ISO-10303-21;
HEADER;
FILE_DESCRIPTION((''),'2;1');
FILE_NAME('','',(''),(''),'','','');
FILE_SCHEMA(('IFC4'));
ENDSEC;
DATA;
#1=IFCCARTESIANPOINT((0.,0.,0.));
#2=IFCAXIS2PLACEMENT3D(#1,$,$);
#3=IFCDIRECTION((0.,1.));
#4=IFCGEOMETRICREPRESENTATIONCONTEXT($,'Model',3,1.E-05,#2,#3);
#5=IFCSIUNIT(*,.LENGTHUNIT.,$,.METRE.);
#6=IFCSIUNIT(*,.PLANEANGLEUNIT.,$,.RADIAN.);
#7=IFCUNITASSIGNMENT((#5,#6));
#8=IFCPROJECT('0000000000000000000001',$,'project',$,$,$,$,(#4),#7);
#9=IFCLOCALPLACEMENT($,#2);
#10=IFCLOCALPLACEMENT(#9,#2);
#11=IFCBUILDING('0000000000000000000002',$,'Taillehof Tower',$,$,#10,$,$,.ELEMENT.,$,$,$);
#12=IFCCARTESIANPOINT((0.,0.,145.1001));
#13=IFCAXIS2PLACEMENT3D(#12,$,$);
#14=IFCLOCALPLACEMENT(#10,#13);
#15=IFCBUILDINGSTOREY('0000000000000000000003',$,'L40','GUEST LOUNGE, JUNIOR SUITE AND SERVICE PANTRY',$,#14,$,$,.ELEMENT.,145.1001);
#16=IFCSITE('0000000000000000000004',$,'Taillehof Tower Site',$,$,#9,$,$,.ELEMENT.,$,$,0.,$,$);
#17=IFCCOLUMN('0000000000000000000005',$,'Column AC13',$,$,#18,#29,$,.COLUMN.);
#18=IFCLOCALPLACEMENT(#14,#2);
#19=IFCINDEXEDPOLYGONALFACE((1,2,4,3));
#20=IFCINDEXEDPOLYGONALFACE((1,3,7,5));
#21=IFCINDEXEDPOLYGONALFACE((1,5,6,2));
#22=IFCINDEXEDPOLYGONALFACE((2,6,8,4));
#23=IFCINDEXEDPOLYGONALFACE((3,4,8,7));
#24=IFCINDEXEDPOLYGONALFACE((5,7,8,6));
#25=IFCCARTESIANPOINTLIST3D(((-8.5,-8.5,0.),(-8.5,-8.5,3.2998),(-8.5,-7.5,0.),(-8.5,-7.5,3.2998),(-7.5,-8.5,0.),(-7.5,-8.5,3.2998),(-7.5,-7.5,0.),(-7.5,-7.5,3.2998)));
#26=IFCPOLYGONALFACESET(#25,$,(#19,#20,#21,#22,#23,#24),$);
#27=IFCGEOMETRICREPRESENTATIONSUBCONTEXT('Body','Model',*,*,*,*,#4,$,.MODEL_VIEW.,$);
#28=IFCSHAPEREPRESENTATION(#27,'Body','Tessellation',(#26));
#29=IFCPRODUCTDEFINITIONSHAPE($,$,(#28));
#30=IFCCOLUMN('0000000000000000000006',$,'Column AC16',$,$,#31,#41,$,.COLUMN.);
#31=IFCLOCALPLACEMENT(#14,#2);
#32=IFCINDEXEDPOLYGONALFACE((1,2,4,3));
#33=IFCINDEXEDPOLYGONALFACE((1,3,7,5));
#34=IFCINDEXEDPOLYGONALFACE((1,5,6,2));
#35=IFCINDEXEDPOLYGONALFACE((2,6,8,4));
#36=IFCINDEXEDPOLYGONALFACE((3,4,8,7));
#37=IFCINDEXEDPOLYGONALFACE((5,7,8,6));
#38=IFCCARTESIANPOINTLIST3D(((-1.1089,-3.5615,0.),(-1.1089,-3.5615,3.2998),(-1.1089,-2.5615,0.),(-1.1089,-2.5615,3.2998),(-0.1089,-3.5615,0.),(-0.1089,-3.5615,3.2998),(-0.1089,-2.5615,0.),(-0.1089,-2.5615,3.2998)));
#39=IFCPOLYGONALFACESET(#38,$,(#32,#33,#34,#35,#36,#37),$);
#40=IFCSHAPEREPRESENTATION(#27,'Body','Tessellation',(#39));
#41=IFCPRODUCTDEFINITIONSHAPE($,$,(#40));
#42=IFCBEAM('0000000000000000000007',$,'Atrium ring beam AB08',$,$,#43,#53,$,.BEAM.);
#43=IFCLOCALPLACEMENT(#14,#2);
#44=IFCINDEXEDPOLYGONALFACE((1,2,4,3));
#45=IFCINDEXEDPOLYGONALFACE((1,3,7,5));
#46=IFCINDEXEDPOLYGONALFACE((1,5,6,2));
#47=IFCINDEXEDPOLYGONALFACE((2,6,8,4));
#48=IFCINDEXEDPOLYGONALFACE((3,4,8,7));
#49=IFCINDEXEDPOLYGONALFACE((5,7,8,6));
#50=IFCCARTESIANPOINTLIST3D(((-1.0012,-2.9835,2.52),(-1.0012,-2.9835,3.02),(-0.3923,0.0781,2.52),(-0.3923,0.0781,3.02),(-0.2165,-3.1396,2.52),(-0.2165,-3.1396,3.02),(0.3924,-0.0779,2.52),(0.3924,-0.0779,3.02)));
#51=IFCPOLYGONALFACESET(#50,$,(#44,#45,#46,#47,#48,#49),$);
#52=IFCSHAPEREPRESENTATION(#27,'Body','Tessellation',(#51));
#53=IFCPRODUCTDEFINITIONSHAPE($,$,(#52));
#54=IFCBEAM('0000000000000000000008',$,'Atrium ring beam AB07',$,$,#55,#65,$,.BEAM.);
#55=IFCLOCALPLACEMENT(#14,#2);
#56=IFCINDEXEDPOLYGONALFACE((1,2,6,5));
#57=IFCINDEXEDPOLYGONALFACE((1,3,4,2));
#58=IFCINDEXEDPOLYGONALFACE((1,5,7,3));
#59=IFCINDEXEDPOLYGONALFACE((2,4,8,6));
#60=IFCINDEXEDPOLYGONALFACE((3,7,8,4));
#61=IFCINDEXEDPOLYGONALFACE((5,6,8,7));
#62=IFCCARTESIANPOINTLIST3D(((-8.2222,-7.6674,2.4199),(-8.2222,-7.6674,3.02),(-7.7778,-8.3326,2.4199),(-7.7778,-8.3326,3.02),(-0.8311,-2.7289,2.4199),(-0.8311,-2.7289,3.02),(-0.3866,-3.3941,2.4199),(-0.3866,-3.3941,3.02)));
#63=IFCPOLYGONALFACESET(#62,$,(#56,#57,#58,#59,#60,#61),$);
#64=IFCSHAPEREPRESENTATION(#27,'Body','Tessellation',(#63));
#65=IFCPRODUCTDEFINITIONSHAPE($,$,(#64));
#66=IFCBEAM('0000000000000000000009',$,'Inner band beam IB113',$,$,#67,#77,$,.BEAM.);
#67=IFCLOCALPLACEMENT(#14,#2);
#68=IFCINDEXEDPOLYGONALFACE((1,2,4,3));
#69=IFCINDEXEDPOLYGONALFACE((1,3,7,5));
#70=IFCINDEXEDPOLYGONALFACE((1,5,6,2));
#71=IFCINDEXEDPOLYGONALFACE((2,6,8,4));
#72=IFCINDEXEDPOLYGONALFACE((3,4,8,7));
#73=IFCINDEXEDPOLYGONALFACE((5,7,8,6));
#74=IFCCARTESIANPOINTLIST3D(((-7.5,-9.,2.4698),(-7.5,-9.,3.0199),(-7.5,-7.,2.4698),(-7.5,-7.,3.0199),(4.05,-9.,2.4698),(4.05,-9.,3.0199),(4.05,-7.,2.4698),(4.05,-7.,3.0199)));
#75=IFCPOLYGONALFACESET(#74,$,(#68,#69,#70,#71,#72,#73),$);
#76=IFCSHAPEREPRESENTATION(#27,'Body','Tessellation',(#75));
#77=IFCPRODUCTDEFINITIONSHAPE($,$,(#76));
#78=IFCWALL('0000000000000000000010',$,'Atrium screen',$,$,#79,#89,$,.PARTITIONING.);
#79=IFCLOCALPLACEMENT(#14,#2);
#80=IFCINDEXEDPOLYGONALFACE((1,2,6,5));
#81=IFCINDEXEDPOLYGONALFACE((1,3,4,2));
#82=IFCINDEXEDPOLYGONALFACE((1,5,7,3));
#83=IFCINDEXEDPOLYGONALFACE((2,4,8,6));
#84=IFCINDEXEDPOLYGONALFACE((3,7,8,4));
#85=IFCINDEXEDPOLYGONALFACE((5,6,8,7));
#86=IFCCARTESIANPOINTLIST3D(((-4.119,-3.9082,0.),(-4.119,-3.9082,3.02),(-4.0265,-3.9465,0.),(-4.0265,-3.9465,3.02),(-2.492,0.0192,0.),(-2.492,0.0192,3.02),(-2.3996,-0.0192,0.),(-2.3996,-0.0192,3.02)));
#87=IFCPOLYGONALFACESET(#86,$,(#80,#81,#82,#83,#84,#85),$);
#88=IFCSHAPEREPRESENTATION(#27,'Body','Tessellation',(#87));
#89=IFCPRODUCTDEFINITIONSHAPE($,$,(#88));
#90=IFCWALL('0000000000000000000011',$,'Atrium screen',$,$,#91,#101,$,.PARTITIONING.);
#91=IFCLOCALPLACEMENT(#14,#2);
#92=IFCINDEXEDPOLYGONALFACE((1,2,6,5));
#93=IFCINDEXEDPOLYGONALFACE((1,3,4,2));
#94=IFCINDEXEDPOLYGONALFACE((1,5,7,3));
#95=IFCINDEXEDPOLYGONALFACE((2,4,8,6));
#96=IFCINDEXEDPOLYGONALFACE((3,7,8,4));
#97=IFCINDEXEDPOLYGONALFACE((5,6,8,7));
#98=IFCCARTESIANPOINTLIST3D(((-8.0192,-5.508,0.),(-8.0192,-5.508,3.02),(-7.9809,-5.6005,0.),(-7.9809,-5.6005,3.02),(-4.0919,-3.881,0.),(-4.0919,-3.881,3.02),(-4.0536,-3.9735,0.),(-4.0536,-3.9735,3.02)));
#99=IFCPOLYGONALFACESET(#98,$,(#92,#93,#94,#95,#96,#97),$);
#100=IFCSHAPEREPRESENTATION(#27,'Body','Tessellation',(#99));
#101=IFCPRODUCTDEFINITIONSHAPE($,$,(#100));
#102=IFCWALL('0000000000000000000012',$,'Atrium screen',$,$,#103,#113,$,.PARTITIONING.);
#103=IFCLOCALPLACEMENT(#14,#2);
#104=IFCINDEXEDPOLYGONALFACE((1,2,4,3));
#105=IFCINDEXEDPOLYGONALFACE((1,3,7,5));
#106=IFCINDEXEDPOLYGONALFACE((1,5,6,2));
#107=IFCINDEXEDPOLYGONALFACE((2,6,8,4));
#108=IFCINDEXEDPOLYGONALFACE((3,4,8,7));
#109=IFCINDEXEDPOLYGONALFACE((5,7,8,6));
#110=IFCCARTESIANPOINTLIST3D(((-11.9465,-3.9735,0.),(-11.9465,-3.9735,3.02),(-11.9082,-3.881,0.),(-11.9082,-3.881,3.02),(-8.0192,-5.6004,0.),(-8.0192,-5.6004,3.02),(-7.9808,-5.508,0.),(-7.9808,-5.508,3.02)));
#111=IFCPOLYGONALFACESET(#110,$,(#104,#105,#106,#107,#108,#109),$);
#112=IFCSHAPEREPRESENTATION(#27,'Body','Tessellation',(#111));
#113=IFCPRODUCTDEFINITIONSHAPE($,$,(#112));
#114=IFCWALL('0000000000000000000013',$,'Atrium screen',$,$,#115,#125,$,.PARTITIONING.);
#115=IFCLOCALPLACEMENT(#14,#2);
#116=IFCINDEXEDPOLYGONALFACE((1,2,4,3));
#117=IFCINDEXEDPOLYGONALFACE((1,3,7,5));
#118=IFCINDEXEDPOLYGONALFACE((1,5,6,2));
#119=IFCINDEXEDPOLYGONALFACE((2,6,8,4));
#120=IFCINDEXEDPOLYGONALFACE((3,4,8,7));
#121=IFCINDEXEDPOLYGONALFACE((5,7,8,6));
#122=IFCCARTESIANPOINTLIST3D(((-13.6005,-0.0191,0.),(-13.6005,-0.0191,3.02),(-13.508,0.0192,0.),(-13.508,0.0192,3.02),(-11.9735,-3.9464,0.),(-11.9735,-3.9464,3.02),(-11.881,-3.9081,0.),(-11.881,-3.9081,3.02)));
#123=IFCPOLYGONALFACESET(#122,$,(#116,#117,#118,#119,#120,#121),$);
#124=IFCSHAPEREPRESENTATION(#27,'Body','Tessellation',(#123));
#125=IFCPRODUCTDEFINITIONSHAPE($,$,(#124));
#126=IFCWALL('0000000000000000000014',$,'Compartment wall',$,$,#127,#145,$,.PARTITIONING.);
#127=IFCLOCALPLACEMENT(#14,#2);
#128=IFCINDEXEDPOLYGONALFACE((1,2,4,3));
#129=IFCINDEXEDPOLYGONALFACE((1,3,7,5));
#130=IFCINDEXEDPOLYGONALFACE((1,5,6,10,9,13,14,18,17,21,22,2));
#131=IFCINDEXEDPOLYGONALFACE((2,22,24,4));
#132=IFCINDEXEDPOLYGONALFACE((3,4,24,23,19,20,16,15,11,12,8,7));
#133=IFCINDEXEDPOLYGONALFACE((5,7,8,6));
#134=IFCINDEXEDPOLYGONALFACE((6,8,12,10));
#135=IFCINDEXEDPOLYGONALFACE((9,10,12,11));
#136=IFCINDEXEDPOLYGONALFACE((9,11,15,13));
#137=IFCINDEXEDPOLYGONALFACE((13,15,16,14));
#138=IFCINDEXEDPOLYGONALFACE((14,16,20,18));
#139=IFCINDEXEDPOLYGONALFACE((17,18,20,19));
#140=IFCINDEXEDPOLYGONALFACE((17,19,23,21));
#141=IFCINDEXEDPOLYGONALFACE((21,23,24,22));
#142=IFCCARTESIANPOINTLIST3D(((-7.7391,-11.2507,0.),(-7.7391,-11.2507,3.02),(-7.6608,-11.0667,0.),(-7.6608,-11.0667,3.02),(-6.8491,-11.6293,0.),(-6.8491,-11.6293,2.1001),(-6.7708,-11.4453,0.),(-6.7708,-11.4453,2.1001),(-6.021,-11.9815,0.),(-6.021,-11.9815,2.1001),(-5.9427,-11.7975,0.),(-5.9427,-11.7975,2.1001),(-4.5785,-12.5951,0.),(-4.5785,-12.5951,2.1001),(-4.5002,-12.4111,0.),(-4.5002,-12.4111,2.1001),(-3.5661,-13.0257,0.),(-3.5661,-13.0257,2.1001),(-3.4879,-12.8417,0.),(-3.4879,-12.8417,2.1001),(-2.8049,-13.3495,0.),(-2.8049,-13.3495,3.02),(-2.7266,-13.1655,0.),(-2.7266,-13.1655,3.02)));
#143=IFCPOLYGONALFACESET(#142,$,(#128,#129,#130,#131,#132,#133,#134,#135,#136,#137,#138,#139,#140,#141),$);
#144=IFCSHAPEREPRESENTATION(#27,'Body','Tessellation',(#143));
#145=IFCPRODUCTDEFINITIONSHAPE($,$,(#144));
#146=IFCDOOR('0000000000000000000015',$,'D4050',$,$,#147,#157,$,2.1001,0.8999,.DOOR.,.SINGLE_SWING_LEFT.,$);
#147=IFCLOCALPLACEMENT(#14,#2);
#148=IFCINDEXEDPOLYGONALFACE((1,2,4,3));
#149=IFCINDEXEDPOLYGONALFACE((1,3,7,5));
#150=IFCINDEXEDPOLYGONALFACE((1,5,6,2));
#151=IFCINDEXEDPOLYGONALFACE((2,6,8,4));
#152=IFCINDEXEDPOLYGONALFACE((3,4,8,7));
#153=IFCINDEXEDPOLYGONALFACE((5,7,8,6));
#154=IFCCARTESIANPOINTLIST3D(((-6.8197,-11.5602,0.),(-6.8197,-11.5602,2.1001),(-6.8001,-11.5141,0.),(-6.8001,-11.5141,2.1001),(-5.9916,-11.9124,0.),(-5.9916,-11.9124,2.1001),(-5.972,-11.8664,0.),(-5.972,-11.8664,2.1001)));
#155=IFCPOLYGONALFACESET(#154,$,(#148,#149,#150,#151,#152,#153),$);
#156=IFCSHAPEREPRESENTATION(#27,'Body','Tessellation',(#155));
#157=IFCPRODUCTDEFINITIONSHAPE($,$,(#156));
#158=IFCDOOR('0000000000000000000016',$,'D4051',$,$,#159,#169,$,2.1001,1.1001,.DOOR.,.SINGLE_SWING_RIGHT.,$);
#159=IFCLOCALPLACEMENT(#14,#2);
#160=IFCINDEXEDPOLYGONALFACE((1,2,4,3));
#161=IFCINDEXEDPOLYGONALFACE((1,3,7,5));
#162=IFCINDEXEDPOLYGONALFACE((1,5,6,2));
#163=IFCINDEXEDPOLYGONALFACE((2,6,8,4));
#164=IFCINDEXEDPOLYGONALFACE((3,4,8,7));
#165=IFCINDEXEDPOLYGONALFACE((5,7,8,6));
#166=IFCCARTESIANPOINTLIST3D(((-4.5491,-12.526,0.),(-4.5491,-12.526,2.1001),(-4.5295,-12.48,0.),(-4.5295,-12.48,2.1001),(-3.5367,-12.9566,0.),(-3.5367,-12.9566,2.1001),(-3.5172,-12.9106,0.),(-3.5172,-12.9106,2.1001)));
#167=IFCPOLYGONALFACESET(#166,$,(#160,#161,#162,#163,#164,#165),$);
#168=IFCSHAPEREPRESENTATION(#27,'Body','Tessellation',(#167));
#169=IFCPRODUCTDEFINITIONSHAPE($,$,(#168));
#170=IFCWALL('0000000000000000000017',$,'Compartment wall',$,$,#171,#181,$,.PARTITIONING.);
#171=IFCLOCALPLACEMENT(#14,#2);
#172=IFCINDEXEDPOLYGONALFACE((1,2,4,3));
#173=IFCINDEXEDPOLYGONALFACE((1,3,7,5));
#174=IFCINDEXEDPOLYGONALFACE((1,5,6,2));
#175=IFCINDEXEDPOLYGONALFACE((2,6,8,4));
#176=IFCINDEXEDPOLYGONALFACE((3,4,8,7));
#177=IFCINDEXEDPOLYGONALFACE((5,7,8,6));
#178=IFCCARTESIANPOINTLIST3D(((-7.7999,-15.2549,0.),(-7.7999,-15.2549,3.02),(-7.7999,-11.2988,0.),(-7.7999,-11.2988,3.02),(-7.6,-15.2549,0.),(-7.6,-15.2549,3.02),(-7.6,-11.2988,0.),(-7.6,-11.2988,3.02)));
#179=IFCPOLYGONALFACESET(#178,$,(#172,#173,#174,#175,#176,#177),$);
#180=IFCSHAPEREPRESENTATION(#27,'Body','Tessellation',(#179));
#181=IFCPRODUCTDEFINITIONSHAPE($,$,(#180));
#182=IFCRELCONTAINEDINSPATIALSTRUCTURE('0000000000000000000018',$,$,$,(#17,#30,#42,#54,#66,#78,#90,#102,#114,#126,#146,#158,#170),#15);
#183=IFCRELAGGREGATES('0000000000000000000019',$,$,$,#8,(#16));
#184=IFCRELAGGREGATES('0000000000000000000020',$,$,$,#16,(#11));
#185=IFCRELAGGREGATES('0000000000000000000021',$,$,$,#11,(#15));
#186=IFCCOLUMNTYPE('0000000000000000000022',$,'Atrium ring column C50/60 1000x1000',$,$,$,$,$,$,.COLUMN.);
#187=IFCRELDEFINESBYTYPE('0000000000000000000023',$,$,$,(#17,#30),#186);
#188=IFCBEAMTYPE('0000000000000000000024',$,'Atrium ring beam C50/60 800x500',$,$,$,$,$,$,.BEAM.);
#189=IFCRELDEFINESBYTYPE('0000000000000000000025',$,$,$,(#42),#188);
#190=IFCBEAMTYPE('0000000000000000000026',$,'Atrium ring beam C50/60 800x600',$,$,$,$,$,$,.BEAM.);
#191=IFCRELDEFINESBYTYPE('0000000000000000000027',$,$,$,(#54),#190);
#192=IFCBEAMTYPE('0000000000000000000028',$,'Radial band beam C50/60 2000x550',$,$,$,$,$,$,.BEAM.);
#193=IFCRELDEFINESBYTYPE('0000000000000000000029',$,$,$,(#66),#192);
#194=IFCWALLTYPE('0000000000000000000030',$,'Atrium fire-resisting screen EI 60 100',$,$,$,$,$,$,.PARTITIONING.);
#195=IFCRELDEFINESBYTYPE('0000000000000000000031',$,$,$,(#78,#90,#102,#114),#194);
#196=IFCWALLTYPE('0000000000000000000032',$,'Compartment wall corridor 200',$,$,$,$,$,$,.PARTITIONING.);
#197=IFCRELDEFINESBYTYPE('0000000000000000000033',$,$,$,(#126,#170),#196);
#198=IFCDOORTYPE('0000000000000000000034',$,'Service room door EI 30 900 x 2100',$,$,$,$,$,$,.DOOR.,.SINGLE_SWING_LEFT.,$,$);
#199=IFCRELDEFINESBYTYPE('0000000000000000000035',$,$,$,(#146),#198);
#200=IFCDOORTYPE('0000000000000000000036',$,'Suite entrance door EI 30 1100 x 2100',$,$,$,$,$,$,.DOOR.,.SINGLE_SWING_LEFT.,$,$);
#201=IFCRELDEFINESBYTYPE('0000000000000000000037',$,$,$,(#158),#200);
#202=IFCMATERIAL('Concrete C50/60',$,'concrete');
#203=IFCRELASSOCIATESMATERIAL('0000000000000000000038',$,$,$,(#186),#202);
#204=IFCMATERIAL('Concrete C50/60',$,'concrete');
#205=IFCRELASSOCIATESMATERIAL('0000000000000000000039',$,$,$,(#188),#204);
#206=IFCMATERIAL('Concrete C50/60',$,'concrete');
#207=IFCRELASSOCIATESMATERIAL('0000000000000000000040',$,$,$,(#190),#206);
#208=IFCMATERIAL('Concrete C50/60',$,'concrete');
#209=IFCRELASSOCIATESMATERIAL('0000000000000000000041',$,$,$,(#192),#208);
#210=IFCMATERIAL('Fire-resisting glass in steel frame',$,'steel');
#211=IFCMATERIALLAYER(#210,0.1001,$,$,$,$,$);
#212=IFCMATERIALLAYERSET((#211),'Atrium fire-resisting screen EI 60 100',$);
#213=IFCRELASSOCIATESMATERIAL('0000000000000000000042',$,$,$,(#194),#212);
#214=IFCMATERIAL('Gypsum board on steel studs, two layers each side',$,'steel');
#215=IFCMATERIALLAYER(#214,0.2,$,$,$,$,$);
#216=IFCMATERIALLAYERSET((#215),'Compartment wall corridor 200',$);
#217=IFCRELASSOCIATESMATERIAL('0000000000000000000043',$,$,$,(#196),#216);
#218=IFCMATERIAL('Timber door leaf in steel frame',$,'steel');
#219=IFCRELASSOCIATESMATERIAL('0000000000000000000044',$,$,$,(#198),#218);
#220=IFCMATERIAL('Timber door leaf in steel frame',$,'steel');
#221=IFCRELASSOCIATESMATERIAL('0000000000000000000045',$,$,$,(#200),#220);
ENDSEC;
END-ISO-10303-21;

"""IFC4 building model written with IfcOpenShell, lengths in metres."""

from ifc_helpers import new_model, si_unit, direction, frame, frame_2d, origin, origin_2d, place, context, subcontext, project, spatial, rectangle, extrude, material, layer, layer_set, material_profile, profile_set, type_object, element, fill, save


model = new_model("IFC4")

# Units and contexts
model_context = context("Model", 3, precision=1e-05, world=origin(), true_north=direction((0.0, 1.0)))
body_context = subcontext(model_context, "Body", "Model", "MODEL_VIEW")
ifc_project = project(units=[si_unit("LENGTHUNIT", "METRE"), si_unit("PLANEANGLEUNIT", "RADIAN")], contexts=[model_context])

# Site, building, storey
site_placement = place(None, origin())
site = spatial("IfcSite", under=ifc_project, at=site_placement, Name="Taillehof Tower Site", CompositionType="ELEMENT", RefElevation=0.0)
building_placement = place(site_placement, origin())
building = spatial("IfcBuilding", under=site, at=building_placement, Name="Taillehof Tower", CompositionType="ELEMENT")
storey_placement = place(building_placement, frame((0.0, 0.0, 145.1001)))
storey = spatial("IfcBuildingStorey", under=building, at=storey_placement, Name="L40", Description="GUEST LOUNGE, JUNIOR SUITE AND SERVICE PANTRY", CompositionType="ELEMENT", Elevation=145.1001)

# Columns
ifc_material_1 = material(Name="Concrete C50/60", Category="concrete")
ifc_material_profile_1 = material_profile(ifc_material_1, rectangle(XDim=1.0, YDim=1.0, at=origin_2d()), Name="RC 1000x1000")
ifc_profile_set_1 = profile_set([ifc_material_profile_1], Name="Concrete C50/60")
column_type = type_object("IfcColumnType", Name="Atrium ring column C50/60 1000x1000", PredefinedType="COLUMN", material=ifc_profile_set_1)
for number, where, z_axis, x_axis, name in (
    (1, (-8.0, -8.0, 0.0), (0.0, 0.0, 1.0), (1.0, 0.0, 0.0), "Column AC13"),
    (2, (-0.6089, -3.0615, 0.0), (0.0, 0.0, 1.0), (1.0, 0.0, 0.0), "Column AC16"),
):
    element("IfcColumn", number, at=place(storey_placement, frame(where, z_axis=z_axis, x_axis=x_axis)), inside=storey, type_object=column_type, Name=name, PredefinedType="COLUMN", context=body_context, shape_type="SweptSolid", body=[
        extrude(rectangle(XDim=1.0, YDim=1.0, at=origin_2d()), origin(), (0.0, 0.0, 1.0), 3.2998),
    ])

# Beams
ifc_material_2 = material(Name="Concrete C50/60", Category="concrete")
ifc_material_profile_2 = material_profile(ifc_material_2, rectangle(XDim=0.8, YDim=0.5, at=origin_2d()), Name="RC 800x500")
ifc_profile_set_2 = profile_set([ifc_material_profile_2], Name="Concrete C50/60")
beam_type_1 = type_object("IfcBeamType", Name="Atrium ring beam C50/60 800x500", PredefinedType="BEAM", material=ifc_profile_set_2)
beam_1_placement = place(storey_placement, frame((-0.6089, -3.0615, 2.77), z_axis=(0.195063, 0.980791, 0.0), x_axis=(-0.980791, 0.195063, 0.0)))
element("IfcBeam", 3, at=beam_1_placement, inside=storey, type_object=beam_type_1, Name="Atrium ring beam AB08", PredefinedType="BEAM", context=body_context, shape_type="SweptSolid", body=[
    extrude(rectangle(XDim=0.8, YDim=0.5, at=origin_2d()), origin(), (0.0, 0.0, 1.0), 3.1216),
])
ifc_material_3 = material(Name="Concrete C50/60", Category="concrete")
ifc_material_profile_3 = material_profile(ifc_material_3, rectangle(XDim=0.8, YDim=0.6001, at=origin_2d()), Name="RC 800x600")
ifc_profile_set_3 = profile_set([ifc_material_profile_3], Name="Concrete C50/60")
beam_type_2 = type_object("IfcBeamType", Name="Atrium ring beam C50/60 800x600", PredefinedType="BEAM", material=ifc_profile_set_3)
beam_2_placement = place(storey_placement, frame((-8.0, -8.0, 2.72), z_axis=(0.831475, 0.555562, 0.0), x_axis=(-0.555562, 0.831475, 0.0)))
element("IfcBeam", 4, at=beam_2_placement, inside=storey, type_object=beam_type_2, Name="Atrium ring beam AB07", PredefinedType="BEAM", context=body_context, shape_type="SweptSolid", body=[
    extrude(rectangle(XDim=0.8, YDim=0.6001, at=origin_2d()), origin(), (0.0, 0.0, 1.0), 8.8892),
])
ifc_material_4 = material(Name="Concrete C50/60", Category="concrete")
ifc_material_profile_4 = material_profile(ifc_material_4, rectangle(XDim=2.0, YDim=0.55, at=origin_2d()), Name="RC 2000x550")
ifc_profile_set_4 = profile_set([ifc_material_profile_4], Name="Concrete C50/60")
beam_type_3 = type_object("IfcBeamType", Name="Radial band beam C50/60 2000x550", PredefinedType="BEAM", material=ifc_profile_set_4)
beam_3_placement = place(storey_placement, frame((-7.5, -8.0, 2.7449), z_axis=(1.0, 0.0, 0.0), x_axis=(0.0, 1.0, 0.0)))
element("IfcBeam", 5, at=beam_3_placement, inside=storey, type_object=beam_type_3, Name="Inner band beam IB113", PredefinedType="BEAM", context=body_context, shape_type="SweptSolid", body=[
    extrude(rectangle(XDim=2.0, YDim=0.55, at=origin_2d()), origin(), (0.0, 0.0, 1.0), 11.55),
])

# Walls
ifc_material_5 = material(Name="Fire-resisting glass in steel frame", Category="steel")
ifc_layer_1 = layer(ifc_material_5, 0.1001)
ifc_layer_set_1 = layer_set([ifc_layer_1], Name="Atrium fire-resisting screen EI 60 100")
wall_type_1 = type_object("IfcWallType", Name="Atrium fire-resisting screen EI 60 100", PredefinedType="PARTITIONING", material=ifc_layer_set_1)
for number, where, z_axis, x_axis, name in (
    (6, (-2.4458, 0.0, 0.0), (0.0, 0.0, 1.0), (-0.382731, -0.92386, 0.0), "Atrium screen"),
    (7, (-4.0728, -3.9272, 0.0), (0.0, 0.0, 1.0), (-0.92386, -0.382731, 0.0), "Atrium screen"),
    (8, (-8.0, -5.5542, 0.0), (0.0, 0.0, 1.0), (-0.92386, 0.382731, 0.0), "Atrium screen"),
    (9, (-11.9272, -3.9272, 0.0), (0.0, 0.0, 1.0), (-0.382731, 0.92386, 0.0), "Atrium screen"),
):
    element("IfcWall", number, at=place(storey_placement, frame(where, z_axis=z_axis, x_axis=x_axis)), inside=storey, type_object=wall_type_1, Name=name, PredefinedType="PARTITIONING", context=body_context, shape_type="SweptSolid", body=[
        extrude(rectangle(XDim=4.251, YDim=0.1001, at=frame_2d((2.1255, 0.0))), origin(), (0.0, 0.0, 1.0), 3.02),
    ])

# Wall, openings, doors
ifc_material_6 = material(Name="Gypsum board on steel studs, two layers each side", Category="steel")
ifc_layer_2 = layer(ifc_material_6, 0.2)
ifc_layer_set_2 = layer_set([ifc_layer_2], Name="Compartment wall corridor 200")
wall_type_2 = type_object("IfcWallType", Name="Compartment wall corridor 200", PredefinedType="PARTITIONING", material=ifc_layer_set_2)
wall_1_placement = place(storey_placement, frame((-2.7656, -13.2576, 0.0), z_axis=(0.0, 0.0, 1.0), x_axis=(-0.920211, 0.391423, 0.0)))
wall_1 = element("IfcWall", 10, at=wall_1_placement, inside=storey, type_object=wall_type_2, Name="Compartment wall", PredefinedType="PARTITIONING", context=body_context, shape_type="SweptSolid", body=[
    extrude(rectangle(XDim=5.3621, YDim=0.2, at=frame_2d((2.6812, 0.0))), origin(), (0.0, 0.0, 1.0), 3.02),
])
opening_1_placement = place(wall_1_placement, frame((3.4951, 0.0, 0.0)))
opening_1 = element("IfcOpeningElement", 11, at=opening_1_placement, cuts=wall_1, PredefinedType="OPENING", context=body_context, shape_type="SweptSolid", body=[
    extrude(rectangle(XDim=0.8999, YDim=2.1001, at=frame_2d((0.45, 1.05))), frame((0.0, 0.1099, 0.0), z_axis=(0.0, -1.0, 0.0), x_axis=(1.0, 0.0, 0.0)), (0.0, 0.0, 1.0), 0.22),
])
opening_2_placement = place(wall_1_placement, frame((0.8274, 0.0, 0.0)))
opening_2 = element("IfcOpeningElement", 12, at=opening_2_placement, cuts=wall_1, PredefinedType="OPENING", context=body_context, shape_type="SweptSolid", body=[
    extrude(rectangle(XDim=1.1001, YDim=2.1001, at=frame_2d((0.55, 1.05))), frame((0.0, 0.1099, 0.0), z_axis=(0.0, -1.0, 0.0), x_axis=(1.0, 0.0, 0.0)), (0.0, 0.0, 1.0), 0.22),
])
ifc_material_7 = material(Name="Timber door leaf in steel frame", Category="steel")
door_type_1 = type_object("IfcDoorType", Name="Service room door EI 30 900 x 2100", OperationType="SINGLE_SWING_LEFT", PredefinedType="DOOR", material=ifc_material_7)
door_1_placement = place(opening_1_placement, origin())
door_1 = element("IfcDoor", 13, at=door_1_placement, inside=storey, type_object=door_type_1, Name="D4050", OperationType="SINGLE_SWING_LEFT", OverallHeight=2.1001, OverallWidth=0.8999, PredefinedType="DOOR", context=body_context, shape_type="SweptSolid", body=[
    extrude(rectangle(XDim=0.8999, YDim=2.1001, at=frame_2d((0.45, 1.05))), frame((0.0, 0.0249, 0.0), z_axis=(0.0, -1.0, 0.0), x_axis=(1.0, 0.0, 0.0)), (0.0, 0.0, 1.0), 0.05),
])
fill(opening_1, door_1)
ifc_material_8 = material(Name="Timber door leaf in steel frame", Category="steel")
door_type_2 = type_object("IfcDoorType", Name="Suite entrance door EI 30 1100 x 2100", OperationType="SINGLE_SWING_LEFT", PredefinedType="DOOR", material=ifc_material_8)
door_2_placement = place(opening_2_placement, origin())
door_2 = element("IfcDoor", 14, at=door_2_placement, inside=storey, type_object=door_type_2, Name="D4051", OperationType="SINGLE_SWING_RIGHT", OverallHeight=2.1001, OverallWidth=1.1001, PredefinedType="DOOR", context=body_context, shape_type="SweptSolid", body=[
    extrude(rectangle(XDim=1.1001, YDim=2.1001, at=frame_2d((0.55, 1.05))), frame((0.0, 0.0249, 0.0), z_axis=(0.0, -1.0, 0.0), x_axis=(1.0, 0.0, 0.0)), (0.0, 0.0, 1.0), 0.05),
])
fill(opening_2, door_2)

# Wall
wall_2_placement = place(storey_placement, frame((-7.7, -11.2988, 0.0), z_axis=(0.0, 0.0, 1.0), x_axis=(0.0, -1.0, 0.0)))
element("IfcWall", 15, at=wall_2_placement, inside=storey, type_object=wall_type_2, Name="Compartment wall", PredefinedType="PARTITIONING", context=body_context, shape_type="SweptSolid", body=[
    extrude(rectangle(XDim=3.9561, YDim=0.2, at=frame_2d((1.978, 0.0))), origin(), (0.0, 0.0, 1.0), 3.02),
])

save(model, "model.ifc")
